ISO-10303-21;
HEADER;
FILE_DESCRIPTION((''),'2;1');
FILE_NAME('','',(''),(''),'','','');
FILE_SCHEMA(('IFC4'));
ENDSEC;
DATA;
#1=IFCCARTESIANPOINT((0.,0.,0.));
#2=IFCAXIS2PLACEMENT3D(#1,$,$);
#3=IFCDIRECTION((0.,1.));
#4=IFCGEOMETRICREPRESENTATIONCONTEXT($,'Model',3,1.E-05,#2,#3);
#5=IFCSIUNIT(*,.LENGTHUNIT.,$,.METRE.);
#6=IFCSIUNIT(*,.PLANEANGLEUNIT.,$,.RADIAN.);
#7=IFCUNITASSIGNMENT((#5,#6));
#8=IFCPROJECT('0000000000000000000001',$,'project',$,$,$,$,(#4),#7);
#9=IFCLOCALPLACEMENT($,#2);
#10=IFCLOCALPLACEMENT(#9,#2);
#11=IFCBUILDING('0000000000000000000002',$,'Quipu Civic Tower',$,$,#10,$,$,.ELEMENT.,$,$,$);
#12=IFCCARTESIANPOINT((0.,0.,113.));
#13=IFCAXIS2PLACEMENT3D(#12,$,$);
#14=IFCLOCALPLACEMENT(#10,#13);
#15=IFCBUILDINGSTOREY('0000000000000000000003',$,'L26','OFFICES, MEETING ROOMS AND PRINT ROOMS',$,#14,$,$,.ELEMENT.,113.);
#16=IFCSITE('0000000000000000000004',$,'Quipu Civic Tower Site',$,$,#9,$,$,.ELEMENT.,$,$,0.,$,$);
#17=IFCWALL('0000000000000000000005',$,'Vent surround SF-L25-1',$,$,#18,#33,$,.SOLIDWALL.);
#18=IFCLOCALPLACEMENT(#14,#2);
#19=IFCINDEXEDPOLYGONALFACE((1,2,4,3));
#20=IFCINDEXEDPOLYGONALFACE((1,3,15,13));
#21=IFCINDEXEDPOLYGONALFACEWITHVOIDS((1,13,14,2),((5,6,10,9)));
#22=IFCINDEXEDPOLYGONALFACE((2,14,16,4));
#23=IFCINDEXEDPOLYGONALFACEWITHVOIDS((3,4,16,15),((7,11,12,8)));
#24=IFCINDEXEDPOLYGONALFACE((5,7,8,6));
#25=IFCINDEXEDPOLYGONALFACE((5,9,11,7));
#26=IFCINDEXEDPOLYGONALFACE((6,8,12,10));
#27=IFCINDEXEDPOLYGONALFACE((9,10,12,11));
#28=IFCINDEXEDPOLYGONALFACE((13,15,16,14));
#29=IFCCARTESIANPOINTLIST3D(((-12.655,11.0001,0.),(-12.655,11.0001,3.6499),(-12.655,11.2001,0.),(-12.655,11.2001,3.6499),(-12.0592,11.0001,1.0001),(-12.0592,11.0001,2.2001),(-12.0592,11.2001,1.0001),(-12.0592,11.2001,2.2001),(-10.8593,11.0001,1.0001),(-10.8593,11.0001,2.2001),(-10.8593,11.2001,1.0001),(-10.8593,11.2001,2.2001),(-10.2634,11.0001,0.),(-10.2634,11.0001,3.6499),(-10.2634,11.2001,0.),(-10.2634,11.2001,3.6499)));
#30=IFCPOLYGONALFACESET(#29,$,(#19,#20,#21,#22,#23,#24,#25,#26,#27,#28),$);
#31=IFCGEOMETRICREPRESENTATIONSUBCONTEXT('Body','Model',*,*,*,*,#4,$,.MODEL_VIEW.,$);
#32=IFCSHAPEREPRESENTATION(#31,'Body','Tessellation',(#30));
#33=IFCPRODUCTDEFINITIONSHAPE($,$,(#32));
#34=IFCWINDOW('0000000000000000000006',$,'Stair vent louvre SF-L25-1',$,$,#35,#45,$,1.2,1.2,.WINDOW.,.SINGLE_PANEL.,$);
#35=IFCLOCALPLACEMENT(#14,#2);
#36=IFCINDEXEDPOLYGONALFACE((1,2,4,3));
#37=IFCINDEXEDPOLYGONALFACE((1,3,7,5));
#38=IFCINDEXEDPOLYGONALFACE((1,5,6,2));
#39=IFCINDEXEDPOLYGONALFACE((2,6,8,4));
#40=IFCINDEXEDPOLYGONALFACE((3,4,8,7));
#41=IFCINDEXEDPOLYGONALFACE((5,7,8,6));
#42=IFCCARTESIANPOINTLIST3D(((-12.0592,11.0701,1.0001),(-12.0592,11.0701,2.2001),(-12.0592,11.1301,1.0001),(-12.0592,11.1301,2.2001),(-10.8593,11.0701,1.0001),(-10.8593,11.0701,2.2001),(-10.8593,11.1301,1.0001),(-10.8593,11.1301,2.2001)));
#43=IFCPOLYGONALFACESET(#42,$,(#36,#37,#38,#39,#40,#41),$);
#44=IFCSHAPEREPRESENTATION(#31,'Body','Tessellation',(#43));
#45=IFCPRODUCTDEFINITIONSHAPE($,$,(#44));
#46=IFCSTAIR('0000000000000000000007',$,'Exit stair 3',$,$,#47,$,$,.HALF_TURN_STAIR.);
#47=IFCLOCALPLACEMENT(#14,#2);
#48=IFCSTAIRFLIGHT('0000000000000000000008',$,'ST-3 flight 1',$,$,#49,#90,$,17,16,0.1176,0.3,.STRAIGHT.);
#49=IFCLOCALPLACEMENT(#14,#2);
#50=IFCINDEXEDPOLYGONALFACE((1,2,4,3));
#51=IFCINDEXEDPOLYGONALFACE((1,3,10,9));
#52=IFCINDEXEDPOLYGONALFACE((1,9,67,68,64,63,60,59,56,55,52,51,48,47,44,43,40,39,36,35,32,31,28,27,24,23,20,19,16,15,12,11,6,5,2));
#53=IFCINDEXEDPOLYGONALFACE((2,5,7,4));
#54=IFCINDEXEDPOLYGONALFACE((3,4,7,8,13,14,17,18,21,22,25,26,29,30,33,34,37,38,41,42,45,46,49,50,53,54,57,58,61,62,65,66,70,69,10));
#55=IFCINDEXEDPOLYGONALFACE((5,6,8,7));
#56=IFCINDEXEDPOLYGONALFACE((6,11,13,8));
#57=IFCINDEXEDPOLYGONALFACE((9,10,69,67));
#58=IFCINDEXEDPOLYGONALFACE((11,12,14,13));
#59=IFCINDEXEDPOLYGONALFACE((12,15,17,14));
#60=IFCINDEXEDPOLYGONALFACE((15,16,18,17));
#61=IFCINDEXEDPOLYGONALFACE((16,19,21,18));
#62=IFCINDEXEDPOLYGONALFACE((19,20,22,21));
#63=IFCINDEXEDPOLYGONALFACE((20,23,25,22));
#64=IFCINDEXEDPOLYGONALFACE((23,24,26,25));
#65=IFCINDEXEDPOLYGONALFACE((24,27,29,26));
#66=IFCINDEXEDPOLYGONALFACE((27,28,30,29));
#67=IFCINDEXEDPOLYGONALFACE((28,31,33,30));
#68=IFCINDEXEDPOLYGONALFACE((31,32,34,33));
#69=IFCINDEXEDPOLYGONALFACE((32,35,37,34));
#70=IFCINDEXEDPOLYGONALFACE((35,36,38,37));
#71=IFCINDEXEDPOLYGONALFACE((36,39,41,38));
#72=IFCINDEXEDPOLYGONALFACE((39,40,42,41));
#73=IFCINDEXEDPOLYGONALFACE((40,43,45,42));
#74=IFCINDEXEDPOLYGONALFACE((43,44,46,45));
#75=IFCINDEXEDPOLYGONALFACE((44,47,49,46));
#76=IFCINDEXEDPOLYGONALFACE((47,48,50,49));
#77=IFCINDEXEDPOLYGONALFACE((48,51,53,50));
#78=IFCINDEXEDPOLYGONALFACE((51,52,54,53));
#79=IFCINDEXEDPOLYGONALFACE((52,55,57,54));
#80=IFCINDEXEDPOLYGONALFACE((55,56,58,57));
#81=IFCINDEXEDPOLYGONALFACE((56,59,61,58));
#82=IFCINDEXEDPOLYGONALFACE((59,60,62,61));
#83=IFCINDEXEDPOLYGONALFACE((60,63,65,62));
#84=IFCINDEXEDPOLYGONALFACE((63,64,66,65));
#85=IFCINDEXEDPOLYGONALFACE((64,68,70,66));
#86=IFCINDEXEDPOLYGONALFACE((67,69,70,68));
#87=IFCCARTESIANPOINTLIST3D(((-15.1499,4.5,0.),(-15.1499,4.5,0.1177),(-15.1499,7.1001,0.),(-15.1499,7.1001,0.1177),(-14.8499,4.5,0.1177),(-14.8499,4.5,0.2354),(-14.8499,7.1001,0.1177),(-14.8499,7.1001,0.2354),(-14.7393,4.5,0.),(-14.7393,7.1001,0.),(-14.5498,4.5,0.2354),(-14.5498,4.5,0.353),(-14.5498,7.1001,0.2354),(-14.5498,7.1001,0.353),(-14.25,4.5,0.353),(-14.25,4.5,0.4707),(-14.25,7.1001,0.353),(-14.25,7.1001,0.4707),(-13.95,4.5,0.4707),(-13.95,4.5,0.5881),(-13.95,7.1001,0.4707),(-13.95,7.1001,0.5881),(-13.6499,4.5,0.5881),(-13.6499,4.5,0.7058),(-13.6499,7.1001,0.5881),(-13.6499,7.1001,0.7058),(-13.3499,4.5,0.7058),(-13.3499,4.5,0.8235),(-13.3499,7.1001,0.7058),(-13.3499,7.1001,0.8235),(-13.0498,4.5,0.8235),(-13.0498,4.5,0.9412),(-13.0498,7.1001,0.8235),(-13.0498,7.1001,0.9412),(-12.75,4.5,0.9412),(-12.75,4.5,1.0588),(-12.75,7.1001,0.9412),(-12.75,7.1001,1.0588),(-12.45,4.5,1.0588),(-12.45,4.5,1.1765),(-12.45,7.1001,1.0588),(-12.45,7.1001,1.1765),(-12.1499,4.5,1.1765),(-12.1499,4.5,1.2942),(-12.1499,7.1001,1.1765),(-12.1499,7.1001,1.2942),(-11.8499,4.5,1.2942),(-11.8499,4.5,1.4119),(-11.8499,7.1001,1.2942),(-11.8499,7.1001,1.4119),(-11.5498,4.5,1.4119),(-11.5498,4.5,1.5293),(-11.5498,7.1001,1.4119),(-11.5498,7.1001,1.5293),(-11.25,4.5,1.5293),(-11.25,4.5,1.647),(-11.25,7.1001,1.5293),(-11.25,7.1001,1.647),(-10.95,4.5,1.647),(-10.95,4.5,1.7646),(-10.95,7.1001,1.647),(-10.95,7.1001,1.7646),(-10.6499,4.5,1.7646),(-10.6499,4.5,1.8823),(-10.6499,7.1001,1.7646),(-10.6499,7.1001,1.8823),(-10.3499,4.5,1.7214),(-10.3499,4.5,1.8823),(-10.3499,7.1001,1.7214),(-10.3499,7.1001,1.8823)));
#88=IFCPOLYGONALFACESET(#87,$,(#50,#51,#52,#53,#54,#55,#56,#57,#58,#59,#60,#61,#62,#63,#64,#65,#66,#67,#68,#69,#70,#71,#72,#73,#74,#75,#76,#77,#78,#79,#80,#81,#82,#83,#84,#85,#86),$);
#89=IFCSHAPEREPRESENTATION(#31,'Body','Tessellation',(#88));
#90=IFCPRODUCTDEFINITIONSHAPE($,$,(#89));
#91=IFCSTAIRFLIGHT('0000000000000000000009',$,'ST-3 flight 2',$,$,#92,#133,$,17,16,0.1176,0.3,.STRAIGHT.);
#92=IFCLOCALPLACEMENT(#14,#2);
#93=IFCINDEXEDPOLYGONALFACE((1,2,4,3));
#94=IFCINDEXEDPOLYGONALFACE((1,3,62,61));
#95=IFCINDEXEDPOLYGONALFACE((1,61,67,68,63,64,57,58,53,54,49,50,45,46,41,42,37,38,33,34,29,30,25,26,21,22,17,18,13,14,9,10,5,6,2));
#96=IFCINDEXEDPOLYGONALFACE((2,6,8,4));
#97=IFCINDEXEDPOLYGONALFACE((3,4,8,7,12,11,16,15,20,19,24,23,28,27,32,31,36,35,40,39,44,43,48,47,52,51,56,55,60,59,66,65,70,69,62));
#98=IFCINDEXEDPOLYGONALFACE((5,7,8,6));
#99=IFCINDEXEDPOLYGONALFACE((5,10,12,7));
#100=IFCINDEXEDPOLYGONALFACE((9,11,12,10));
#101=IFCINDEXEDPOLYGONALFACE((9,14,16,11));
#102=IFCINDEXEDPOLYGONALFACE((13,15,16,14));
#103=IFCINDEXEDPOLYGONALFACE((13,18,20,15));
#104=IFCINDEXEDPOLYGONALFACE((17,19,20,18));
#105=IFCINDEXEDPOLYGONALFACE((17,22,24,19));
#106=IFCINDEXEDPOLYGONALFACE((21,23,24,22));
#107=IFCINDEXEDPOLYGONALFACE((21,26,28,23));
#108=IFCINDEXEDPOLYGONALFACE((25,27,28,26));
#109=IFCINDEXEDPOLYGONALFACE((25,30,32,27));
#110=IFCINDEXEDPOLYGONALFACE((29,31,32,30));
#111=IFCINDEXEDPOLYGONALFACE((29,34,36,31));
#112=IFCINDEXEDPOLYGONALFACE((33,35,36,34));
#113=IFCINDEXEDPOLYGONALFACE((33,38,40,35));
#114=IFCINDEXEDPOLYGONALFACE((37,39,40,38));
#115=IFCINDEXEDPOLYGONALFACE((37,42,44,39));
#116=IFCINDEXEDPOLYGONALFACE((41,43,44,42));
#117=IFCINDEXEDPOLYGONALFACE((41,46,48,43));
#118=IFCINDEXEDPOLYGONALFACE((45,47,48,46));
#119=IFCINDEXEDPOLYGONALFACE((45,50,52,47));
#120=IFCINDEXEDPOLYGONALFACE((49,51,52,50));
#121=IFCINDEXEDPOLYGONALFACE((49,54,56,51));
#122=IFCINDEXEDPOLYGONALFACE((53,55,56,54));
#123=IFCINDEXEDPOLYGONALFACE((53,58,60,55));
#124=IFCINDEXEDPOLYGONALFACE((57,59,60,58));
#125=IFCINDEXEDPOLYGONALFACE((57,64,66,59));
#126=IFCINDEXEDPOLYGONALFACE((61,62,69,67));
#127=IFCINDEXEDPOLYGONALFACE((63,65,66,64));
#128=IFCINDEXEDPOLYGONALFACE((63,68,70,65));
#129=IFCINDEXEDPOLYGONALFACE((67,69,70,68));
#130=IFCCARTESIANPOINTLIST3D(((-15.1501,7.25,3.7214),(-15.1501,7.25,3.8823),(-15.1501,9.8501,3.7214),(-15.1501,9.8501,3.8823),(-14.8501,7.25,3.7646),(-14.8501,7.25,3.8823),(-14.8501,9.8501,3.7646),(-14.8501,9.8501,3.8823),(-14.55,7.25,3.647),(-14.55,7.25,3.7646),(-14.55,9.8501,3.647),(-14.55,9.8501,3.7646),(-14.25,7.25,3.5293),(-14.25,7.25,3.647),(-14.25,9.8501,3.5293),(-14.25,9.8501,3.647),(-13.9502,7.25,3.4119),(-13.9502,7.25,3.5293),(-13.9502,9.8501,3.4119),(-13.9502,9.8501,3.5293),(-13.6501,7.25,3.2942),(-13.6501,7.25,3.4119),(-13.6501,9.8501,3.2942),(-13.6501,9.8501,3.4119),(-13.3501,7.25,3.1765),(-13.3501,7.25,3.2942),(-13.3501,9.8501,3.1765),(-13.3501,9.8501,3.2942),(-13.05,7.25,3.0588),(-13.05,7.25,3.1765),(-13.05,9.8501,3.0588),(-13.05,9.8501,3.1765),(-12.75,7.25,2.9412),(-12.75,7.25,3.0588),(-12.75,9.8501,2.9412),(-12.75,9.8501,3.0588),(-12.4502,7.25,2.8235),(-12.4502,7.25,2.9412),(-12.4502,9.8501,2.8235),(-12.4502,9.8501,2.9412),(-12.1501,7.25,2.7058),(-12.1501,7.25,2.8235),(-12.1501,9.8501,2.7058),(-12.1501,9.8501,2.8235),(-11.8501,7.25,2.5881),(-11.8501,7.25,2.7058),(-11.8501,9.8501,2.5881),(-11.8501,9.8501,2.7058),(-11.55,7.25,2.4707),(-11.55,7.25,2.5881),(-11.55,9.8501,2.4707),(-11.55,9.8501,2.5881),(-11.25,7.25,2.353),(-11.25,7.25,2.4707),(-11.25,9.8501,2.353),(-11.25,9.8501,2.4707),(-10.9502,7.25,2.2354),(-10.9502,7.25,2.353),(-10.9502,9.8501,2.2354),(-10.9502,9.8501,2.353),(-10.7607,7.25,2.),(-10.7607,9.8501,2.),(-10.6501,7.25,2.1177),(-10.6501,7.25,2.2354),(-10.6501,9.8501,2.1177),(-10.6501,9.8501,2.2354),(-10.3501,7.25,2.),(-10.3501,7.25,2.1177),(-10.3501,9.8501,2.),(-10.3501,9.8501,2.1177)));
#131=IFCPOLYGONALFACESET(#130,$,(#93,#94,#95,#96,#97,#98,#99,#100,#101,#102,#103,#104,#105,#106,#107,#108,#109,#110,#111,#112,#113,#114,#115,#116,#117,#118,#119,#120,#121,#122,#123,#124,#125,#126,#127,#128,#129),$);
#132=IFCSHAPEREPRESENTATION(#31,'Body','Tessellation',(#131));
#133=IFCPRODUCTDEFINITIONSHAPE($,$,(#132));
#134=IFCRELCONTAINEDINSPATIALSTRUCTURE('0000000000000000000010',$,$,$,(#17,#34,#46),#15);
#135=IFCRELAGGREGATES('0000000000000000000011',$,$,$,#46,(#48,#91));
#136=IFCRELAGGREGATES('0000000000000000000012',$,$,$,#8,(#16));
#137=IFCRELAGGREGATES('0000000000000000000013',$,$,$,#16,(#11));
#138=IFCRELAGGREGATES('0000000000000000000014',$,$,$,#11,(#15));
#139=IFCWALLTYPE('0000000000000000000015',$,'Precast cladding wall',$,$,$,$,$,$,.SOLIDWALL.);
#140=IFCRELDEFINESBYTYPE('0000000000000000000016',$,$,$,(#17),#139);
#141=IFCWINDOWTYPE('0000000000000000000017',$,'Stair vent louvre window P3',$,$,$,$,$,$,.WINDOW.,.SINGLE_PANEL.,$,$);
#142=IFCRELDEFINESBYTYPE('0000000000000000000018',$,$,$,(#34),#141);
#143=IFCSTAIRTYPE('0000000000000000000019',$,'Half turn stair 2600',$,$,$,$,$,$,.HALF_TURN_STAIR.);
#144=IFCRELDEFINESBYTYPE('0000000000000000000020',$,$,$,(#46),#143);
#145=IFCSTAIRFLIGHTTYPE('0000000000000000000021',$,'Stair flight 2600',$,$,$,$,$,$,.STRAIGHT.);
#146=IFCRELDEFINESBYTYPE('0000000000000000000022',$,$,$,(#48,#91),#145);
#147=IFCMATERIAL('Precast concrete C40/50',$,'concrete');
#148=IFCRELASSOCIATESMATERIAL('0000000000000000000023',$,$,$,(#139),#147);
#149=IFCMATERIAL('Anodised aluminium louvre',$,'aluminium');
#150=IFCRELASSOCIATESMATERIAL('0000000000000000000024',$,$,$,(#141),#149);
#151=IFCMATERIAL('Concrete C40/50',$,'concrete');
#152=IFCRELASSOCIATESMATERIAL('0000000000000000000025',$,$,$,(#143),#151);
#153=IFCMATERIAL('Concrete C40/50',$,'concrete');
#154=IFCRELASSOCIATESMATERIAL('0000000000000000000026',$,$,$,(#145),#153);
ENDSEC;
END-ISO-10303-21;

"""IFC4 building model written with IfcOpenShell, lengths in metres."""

from ifc_helpers import new_model, si_unit, direction, frame, frame_2d, origin, place, context, subcontext, project, spatial, polyline, rectangle, outline, extrude, material, type_object, element, fill, aggregate, save


model = new_model("IFC4")

# Units and contexts
model_context = context("Model", 3, precision=1e-05, world=origin(), true_north=direction((0.0, 1.0)))
body_context = subcontext(model_context, "Body", "Model", "MODEL_VIEW")
ifc_project = project(units=[si_unit("LENGTHUNIT", "METRE"), si_unit("PLANEANGLEUNIT", "RADIAN")], contexts=[model_context])

# Site, building, storey
site_placement = place(None, origin())
site = spatial("IfcSite", under=ifc_project, at=site_placement, Name="Quipu Civic Tower Site", CompositionType="ELEMENT", RefElevation=0.0)
building_placement = place(site_placement, origin())
building = spatial("IfcBuilding", under=site, at=building_placement, Name="Quipu Civic Tower", CompositionType="ELEMENT")
storey_placement = place(building_placement, frame((0.0, 0.0, 113.0)))
storey = spatial("IfcBuildingStorey", under=building, at=storey_placement, Name="L26", Description="OFFICES, MEETING ROOMS AND PRINT ROOMS", CompositionType="ELEMENT", Elevation=113.0)

# Wall, opening, window
ifc_material_1 = material(Name="Precast concrete C40/50", Category="concrete")
wall_type_1 = type_object("IfcWallType", Name="Precast cladding wall", PredefinedType="SOLIDWALL", material=ifc_material_1)
wall_1_placement = place(storey_placement, frame((-10.2634, 11.1001, 0.0), z_axis=(0.0, 0.0, 1.0), x_axis=(-1.0, 0.0, 0.0)))
wall_1 = element("IfcWall", 1, at=wall_1_placement, inside=storey, type_object=wall_type_1, Name="Vent surround SF-L25-1", PredefinedType="SOLIDWALL", context=body_context, shape_type="SweptSolid", body=[
    extrude(rectangle(XDim=2.3916, YDim=0.2, at=frame_2d((1.1958, 0.0))), origin(), (0.0, 0.0, 1.0), 3.6499),
])
opening_1_placement = place(wall_1_placement, frame((0.5957, 0.0, 1.0)))
opening_1 = element("IfcOpeningElement", 2, at=opening_1_placement, cuts=wall_1, PredefinedType="OPENING", context=body_context, shape_type="SweptSolid", body=[
    extrude(rectangle(XDim=1.2, YDim=1.2, at=frame_2d((0.6001, 0.6001))), frame((0.0, 0.1099, 0.0), z_axis=(0.0, -1.0, 0.0), x_axis=(1.0, 0.0, 0.0)), (0.0, 0.0, 1.0), 0.22),
])
ifc_material_2 = material(Name="Anodised aluminium louvre", Category="aluminium")
window_type_1 = type_object("IfcWindowType", Name="Stair vent louvre window P3", PartitioningType="SINGLE_PANEL", PredefinedType="WINDOW", material=ifc_material_2)
window_1_placement = place(opening_1_placement, origin())
window_1 = element("IfcWindow", 3, at=window_1_placement, inside=storey, type_object=window_type_1, Name="Stair vent louvre SF-L25-1", OverallHeight=1.2, OverallWidth=1.2, PartitioningType="SINGLE_PANEL", PredefinedType="WINDOW", context=body_context, shape_type="SweptSolid", body=[
    extrude(rectangle(XDim=1.2, YDim=1.2, at=frame_2d((0.6001, 0.6001))), frame((0.0, 0.03, 0.0), z_axis=(0.0, -1.0, 0.0), x_axis=(1.0, 0.0, 0.0)), (0.0, 0.0, 1.0), 0.0601),
])
fill(opening_1, window_1)

# Stair, stair flights
ifc_material_3 = material(Name="Concrete C40/50", Category="concrete")
stair_type = type_object("IfcStairType", Name="Half turn stair 2600", PredefinedType="HALF_TURN_STAIR", material=ifc_material_3)
stair_placement = place(storey_placement, origin())
stair = element("IfcStair", 4, at=stair_placement, inside=storey, type_object=stair_type, Name="Exit stair 3", PredefinedType="HALF_TURN_STAIR")
ifc_material_4 = material(Name="Concrete C40/50", Category="concrete")
stair_flight_type = type_object("IfcStairFlightType", Name="Stair flight 2600", PredefinedType="STRAIGHT", material=ifc_material_4)
stair_flight_1_placement = place(storey_placement, frame((-15.1499, 5.8, 0.0), z_axis=(0.0, 0.0, 1.0), x_axis=(1.0, 0.0, 0.0)))
stair_flight_1 = element("IfcStairFlight", 5, at=stair_flight_1_placement, type_object=stair_flight_type, Name="ST-3 flight 1", NumberOfRisers=17, NumberOfTreads=16, PredefinedType="STRAIGHT", RiserHeight=0.1176, TreadLength=0.3, context=body_context, shape_type="SweptSolid", body=[
    extrude(outline(polyline([(0.0, 0.0), (0.0, 0.1177), (0.3, 0.1177), (0.3, 0.2354), (0.6001, 0.2354), (0.6001, 0.353), (0.8999, 0.353), (0.8999, 0.4707), (1.2, 0.4707), (1.2, 0.5881), (1.5, 0.5881), (1.5, 0.7058), (1.8, 0.7058), (1.8, 0.8235), (2.1001, 0.8235), (2.1001, 0.9412), (2.3999, 0.9412), (2.3999, 1.0588), (2.7, 1.0588), (2.7, 1.1765), (3.0, 1.1765), (3.0, 1.2942), (3.3, 1.2942), (3.3, 1.4119), (3.6001, 1.4119), (3.6001, 1.5293), (3.8999, 1.5293), (3.8999, 1.647), (4.2, 1.647), (4.2, 1.7646), (4.5, 1.7646), (4.5, 1.8823), (4.8, 1.8823), (4.8, 2.0), (4.8, 1.7214), (0.4106, 0.0), (0.0, 0.0)])), frame((0.0, 1.3, 0.0), z_axis=(0.0, -1.0, 0.0), x_axis=(1.0, 0.0, 0.0)), (0.0, 0.0, 1.0), 2.6001),
])
stair_flight_2_placement = place(storey_placement, frame((-10.3501, 8.55, 2.0), z_axis=(0.0, 0.0, 1.0), x_axis=(-1.0, 0.0, 0.0)))
stair_flight_2 = element("IfcStairFlight", 6, at=stair_flight_2_placement, type_object=stair_flight_type, Name="ST-3 flight 2", NumberOfRisers=17, NumberOfTreads=16, PredefinedType="STRAIGHT", RiserHeight=0.1176, TreadLength=0.3, context=body_context, shape_type="SweptSolid", body=[
    extrude(outline(polyline([(0.0, 0.0), (0.0, 0.1177), (0.3, 0.1177), (0.3, 0.2354), (0.6001, 0.2354), (0.6001, 0.353), (0.8999, 0.353), (0.8999, 0.4707), (1.2, 0.4707), (1.2, 0.5881), (1.5, 0.5881), (1.5, 0.7058), (1.8, 0.7058), (1.8, 0.8235), (2.1001, 0.8235), (2.1001, 0.9412), (2.3999, 0.9412), (2.3999, 1.0588), (2.7, 1.0588), (2.7, 1.1765), (3.0, 1.1765), (3.0, 1.2942), (3.3, 1.2942), (3.3, 1.4119), (3.6001, 1.4119), (3.6001, 1.5293), (3.8999, 1.5293), (3.8999, 1.647), (4.2, 1.647), (4.2, 1.7646), (4.5, 1.7646), (4.5, 1.8823), (4.8, 1.8823), (4.8, 2.0), (4.8, 1.7214), (0.4106, 0.0), (0.0, 0.0)])), frame((0.0, 1.3, 0.0), z_axis=(0.0, -1.0, 0.0), x_axis=(1.0, 0.0, 0.0)), (0.0, 0.0, 1.0), 2.6001),
])
aggregate(stair, [stair_flight_1, stair_flight_2])

save(model, "model.ifc")
